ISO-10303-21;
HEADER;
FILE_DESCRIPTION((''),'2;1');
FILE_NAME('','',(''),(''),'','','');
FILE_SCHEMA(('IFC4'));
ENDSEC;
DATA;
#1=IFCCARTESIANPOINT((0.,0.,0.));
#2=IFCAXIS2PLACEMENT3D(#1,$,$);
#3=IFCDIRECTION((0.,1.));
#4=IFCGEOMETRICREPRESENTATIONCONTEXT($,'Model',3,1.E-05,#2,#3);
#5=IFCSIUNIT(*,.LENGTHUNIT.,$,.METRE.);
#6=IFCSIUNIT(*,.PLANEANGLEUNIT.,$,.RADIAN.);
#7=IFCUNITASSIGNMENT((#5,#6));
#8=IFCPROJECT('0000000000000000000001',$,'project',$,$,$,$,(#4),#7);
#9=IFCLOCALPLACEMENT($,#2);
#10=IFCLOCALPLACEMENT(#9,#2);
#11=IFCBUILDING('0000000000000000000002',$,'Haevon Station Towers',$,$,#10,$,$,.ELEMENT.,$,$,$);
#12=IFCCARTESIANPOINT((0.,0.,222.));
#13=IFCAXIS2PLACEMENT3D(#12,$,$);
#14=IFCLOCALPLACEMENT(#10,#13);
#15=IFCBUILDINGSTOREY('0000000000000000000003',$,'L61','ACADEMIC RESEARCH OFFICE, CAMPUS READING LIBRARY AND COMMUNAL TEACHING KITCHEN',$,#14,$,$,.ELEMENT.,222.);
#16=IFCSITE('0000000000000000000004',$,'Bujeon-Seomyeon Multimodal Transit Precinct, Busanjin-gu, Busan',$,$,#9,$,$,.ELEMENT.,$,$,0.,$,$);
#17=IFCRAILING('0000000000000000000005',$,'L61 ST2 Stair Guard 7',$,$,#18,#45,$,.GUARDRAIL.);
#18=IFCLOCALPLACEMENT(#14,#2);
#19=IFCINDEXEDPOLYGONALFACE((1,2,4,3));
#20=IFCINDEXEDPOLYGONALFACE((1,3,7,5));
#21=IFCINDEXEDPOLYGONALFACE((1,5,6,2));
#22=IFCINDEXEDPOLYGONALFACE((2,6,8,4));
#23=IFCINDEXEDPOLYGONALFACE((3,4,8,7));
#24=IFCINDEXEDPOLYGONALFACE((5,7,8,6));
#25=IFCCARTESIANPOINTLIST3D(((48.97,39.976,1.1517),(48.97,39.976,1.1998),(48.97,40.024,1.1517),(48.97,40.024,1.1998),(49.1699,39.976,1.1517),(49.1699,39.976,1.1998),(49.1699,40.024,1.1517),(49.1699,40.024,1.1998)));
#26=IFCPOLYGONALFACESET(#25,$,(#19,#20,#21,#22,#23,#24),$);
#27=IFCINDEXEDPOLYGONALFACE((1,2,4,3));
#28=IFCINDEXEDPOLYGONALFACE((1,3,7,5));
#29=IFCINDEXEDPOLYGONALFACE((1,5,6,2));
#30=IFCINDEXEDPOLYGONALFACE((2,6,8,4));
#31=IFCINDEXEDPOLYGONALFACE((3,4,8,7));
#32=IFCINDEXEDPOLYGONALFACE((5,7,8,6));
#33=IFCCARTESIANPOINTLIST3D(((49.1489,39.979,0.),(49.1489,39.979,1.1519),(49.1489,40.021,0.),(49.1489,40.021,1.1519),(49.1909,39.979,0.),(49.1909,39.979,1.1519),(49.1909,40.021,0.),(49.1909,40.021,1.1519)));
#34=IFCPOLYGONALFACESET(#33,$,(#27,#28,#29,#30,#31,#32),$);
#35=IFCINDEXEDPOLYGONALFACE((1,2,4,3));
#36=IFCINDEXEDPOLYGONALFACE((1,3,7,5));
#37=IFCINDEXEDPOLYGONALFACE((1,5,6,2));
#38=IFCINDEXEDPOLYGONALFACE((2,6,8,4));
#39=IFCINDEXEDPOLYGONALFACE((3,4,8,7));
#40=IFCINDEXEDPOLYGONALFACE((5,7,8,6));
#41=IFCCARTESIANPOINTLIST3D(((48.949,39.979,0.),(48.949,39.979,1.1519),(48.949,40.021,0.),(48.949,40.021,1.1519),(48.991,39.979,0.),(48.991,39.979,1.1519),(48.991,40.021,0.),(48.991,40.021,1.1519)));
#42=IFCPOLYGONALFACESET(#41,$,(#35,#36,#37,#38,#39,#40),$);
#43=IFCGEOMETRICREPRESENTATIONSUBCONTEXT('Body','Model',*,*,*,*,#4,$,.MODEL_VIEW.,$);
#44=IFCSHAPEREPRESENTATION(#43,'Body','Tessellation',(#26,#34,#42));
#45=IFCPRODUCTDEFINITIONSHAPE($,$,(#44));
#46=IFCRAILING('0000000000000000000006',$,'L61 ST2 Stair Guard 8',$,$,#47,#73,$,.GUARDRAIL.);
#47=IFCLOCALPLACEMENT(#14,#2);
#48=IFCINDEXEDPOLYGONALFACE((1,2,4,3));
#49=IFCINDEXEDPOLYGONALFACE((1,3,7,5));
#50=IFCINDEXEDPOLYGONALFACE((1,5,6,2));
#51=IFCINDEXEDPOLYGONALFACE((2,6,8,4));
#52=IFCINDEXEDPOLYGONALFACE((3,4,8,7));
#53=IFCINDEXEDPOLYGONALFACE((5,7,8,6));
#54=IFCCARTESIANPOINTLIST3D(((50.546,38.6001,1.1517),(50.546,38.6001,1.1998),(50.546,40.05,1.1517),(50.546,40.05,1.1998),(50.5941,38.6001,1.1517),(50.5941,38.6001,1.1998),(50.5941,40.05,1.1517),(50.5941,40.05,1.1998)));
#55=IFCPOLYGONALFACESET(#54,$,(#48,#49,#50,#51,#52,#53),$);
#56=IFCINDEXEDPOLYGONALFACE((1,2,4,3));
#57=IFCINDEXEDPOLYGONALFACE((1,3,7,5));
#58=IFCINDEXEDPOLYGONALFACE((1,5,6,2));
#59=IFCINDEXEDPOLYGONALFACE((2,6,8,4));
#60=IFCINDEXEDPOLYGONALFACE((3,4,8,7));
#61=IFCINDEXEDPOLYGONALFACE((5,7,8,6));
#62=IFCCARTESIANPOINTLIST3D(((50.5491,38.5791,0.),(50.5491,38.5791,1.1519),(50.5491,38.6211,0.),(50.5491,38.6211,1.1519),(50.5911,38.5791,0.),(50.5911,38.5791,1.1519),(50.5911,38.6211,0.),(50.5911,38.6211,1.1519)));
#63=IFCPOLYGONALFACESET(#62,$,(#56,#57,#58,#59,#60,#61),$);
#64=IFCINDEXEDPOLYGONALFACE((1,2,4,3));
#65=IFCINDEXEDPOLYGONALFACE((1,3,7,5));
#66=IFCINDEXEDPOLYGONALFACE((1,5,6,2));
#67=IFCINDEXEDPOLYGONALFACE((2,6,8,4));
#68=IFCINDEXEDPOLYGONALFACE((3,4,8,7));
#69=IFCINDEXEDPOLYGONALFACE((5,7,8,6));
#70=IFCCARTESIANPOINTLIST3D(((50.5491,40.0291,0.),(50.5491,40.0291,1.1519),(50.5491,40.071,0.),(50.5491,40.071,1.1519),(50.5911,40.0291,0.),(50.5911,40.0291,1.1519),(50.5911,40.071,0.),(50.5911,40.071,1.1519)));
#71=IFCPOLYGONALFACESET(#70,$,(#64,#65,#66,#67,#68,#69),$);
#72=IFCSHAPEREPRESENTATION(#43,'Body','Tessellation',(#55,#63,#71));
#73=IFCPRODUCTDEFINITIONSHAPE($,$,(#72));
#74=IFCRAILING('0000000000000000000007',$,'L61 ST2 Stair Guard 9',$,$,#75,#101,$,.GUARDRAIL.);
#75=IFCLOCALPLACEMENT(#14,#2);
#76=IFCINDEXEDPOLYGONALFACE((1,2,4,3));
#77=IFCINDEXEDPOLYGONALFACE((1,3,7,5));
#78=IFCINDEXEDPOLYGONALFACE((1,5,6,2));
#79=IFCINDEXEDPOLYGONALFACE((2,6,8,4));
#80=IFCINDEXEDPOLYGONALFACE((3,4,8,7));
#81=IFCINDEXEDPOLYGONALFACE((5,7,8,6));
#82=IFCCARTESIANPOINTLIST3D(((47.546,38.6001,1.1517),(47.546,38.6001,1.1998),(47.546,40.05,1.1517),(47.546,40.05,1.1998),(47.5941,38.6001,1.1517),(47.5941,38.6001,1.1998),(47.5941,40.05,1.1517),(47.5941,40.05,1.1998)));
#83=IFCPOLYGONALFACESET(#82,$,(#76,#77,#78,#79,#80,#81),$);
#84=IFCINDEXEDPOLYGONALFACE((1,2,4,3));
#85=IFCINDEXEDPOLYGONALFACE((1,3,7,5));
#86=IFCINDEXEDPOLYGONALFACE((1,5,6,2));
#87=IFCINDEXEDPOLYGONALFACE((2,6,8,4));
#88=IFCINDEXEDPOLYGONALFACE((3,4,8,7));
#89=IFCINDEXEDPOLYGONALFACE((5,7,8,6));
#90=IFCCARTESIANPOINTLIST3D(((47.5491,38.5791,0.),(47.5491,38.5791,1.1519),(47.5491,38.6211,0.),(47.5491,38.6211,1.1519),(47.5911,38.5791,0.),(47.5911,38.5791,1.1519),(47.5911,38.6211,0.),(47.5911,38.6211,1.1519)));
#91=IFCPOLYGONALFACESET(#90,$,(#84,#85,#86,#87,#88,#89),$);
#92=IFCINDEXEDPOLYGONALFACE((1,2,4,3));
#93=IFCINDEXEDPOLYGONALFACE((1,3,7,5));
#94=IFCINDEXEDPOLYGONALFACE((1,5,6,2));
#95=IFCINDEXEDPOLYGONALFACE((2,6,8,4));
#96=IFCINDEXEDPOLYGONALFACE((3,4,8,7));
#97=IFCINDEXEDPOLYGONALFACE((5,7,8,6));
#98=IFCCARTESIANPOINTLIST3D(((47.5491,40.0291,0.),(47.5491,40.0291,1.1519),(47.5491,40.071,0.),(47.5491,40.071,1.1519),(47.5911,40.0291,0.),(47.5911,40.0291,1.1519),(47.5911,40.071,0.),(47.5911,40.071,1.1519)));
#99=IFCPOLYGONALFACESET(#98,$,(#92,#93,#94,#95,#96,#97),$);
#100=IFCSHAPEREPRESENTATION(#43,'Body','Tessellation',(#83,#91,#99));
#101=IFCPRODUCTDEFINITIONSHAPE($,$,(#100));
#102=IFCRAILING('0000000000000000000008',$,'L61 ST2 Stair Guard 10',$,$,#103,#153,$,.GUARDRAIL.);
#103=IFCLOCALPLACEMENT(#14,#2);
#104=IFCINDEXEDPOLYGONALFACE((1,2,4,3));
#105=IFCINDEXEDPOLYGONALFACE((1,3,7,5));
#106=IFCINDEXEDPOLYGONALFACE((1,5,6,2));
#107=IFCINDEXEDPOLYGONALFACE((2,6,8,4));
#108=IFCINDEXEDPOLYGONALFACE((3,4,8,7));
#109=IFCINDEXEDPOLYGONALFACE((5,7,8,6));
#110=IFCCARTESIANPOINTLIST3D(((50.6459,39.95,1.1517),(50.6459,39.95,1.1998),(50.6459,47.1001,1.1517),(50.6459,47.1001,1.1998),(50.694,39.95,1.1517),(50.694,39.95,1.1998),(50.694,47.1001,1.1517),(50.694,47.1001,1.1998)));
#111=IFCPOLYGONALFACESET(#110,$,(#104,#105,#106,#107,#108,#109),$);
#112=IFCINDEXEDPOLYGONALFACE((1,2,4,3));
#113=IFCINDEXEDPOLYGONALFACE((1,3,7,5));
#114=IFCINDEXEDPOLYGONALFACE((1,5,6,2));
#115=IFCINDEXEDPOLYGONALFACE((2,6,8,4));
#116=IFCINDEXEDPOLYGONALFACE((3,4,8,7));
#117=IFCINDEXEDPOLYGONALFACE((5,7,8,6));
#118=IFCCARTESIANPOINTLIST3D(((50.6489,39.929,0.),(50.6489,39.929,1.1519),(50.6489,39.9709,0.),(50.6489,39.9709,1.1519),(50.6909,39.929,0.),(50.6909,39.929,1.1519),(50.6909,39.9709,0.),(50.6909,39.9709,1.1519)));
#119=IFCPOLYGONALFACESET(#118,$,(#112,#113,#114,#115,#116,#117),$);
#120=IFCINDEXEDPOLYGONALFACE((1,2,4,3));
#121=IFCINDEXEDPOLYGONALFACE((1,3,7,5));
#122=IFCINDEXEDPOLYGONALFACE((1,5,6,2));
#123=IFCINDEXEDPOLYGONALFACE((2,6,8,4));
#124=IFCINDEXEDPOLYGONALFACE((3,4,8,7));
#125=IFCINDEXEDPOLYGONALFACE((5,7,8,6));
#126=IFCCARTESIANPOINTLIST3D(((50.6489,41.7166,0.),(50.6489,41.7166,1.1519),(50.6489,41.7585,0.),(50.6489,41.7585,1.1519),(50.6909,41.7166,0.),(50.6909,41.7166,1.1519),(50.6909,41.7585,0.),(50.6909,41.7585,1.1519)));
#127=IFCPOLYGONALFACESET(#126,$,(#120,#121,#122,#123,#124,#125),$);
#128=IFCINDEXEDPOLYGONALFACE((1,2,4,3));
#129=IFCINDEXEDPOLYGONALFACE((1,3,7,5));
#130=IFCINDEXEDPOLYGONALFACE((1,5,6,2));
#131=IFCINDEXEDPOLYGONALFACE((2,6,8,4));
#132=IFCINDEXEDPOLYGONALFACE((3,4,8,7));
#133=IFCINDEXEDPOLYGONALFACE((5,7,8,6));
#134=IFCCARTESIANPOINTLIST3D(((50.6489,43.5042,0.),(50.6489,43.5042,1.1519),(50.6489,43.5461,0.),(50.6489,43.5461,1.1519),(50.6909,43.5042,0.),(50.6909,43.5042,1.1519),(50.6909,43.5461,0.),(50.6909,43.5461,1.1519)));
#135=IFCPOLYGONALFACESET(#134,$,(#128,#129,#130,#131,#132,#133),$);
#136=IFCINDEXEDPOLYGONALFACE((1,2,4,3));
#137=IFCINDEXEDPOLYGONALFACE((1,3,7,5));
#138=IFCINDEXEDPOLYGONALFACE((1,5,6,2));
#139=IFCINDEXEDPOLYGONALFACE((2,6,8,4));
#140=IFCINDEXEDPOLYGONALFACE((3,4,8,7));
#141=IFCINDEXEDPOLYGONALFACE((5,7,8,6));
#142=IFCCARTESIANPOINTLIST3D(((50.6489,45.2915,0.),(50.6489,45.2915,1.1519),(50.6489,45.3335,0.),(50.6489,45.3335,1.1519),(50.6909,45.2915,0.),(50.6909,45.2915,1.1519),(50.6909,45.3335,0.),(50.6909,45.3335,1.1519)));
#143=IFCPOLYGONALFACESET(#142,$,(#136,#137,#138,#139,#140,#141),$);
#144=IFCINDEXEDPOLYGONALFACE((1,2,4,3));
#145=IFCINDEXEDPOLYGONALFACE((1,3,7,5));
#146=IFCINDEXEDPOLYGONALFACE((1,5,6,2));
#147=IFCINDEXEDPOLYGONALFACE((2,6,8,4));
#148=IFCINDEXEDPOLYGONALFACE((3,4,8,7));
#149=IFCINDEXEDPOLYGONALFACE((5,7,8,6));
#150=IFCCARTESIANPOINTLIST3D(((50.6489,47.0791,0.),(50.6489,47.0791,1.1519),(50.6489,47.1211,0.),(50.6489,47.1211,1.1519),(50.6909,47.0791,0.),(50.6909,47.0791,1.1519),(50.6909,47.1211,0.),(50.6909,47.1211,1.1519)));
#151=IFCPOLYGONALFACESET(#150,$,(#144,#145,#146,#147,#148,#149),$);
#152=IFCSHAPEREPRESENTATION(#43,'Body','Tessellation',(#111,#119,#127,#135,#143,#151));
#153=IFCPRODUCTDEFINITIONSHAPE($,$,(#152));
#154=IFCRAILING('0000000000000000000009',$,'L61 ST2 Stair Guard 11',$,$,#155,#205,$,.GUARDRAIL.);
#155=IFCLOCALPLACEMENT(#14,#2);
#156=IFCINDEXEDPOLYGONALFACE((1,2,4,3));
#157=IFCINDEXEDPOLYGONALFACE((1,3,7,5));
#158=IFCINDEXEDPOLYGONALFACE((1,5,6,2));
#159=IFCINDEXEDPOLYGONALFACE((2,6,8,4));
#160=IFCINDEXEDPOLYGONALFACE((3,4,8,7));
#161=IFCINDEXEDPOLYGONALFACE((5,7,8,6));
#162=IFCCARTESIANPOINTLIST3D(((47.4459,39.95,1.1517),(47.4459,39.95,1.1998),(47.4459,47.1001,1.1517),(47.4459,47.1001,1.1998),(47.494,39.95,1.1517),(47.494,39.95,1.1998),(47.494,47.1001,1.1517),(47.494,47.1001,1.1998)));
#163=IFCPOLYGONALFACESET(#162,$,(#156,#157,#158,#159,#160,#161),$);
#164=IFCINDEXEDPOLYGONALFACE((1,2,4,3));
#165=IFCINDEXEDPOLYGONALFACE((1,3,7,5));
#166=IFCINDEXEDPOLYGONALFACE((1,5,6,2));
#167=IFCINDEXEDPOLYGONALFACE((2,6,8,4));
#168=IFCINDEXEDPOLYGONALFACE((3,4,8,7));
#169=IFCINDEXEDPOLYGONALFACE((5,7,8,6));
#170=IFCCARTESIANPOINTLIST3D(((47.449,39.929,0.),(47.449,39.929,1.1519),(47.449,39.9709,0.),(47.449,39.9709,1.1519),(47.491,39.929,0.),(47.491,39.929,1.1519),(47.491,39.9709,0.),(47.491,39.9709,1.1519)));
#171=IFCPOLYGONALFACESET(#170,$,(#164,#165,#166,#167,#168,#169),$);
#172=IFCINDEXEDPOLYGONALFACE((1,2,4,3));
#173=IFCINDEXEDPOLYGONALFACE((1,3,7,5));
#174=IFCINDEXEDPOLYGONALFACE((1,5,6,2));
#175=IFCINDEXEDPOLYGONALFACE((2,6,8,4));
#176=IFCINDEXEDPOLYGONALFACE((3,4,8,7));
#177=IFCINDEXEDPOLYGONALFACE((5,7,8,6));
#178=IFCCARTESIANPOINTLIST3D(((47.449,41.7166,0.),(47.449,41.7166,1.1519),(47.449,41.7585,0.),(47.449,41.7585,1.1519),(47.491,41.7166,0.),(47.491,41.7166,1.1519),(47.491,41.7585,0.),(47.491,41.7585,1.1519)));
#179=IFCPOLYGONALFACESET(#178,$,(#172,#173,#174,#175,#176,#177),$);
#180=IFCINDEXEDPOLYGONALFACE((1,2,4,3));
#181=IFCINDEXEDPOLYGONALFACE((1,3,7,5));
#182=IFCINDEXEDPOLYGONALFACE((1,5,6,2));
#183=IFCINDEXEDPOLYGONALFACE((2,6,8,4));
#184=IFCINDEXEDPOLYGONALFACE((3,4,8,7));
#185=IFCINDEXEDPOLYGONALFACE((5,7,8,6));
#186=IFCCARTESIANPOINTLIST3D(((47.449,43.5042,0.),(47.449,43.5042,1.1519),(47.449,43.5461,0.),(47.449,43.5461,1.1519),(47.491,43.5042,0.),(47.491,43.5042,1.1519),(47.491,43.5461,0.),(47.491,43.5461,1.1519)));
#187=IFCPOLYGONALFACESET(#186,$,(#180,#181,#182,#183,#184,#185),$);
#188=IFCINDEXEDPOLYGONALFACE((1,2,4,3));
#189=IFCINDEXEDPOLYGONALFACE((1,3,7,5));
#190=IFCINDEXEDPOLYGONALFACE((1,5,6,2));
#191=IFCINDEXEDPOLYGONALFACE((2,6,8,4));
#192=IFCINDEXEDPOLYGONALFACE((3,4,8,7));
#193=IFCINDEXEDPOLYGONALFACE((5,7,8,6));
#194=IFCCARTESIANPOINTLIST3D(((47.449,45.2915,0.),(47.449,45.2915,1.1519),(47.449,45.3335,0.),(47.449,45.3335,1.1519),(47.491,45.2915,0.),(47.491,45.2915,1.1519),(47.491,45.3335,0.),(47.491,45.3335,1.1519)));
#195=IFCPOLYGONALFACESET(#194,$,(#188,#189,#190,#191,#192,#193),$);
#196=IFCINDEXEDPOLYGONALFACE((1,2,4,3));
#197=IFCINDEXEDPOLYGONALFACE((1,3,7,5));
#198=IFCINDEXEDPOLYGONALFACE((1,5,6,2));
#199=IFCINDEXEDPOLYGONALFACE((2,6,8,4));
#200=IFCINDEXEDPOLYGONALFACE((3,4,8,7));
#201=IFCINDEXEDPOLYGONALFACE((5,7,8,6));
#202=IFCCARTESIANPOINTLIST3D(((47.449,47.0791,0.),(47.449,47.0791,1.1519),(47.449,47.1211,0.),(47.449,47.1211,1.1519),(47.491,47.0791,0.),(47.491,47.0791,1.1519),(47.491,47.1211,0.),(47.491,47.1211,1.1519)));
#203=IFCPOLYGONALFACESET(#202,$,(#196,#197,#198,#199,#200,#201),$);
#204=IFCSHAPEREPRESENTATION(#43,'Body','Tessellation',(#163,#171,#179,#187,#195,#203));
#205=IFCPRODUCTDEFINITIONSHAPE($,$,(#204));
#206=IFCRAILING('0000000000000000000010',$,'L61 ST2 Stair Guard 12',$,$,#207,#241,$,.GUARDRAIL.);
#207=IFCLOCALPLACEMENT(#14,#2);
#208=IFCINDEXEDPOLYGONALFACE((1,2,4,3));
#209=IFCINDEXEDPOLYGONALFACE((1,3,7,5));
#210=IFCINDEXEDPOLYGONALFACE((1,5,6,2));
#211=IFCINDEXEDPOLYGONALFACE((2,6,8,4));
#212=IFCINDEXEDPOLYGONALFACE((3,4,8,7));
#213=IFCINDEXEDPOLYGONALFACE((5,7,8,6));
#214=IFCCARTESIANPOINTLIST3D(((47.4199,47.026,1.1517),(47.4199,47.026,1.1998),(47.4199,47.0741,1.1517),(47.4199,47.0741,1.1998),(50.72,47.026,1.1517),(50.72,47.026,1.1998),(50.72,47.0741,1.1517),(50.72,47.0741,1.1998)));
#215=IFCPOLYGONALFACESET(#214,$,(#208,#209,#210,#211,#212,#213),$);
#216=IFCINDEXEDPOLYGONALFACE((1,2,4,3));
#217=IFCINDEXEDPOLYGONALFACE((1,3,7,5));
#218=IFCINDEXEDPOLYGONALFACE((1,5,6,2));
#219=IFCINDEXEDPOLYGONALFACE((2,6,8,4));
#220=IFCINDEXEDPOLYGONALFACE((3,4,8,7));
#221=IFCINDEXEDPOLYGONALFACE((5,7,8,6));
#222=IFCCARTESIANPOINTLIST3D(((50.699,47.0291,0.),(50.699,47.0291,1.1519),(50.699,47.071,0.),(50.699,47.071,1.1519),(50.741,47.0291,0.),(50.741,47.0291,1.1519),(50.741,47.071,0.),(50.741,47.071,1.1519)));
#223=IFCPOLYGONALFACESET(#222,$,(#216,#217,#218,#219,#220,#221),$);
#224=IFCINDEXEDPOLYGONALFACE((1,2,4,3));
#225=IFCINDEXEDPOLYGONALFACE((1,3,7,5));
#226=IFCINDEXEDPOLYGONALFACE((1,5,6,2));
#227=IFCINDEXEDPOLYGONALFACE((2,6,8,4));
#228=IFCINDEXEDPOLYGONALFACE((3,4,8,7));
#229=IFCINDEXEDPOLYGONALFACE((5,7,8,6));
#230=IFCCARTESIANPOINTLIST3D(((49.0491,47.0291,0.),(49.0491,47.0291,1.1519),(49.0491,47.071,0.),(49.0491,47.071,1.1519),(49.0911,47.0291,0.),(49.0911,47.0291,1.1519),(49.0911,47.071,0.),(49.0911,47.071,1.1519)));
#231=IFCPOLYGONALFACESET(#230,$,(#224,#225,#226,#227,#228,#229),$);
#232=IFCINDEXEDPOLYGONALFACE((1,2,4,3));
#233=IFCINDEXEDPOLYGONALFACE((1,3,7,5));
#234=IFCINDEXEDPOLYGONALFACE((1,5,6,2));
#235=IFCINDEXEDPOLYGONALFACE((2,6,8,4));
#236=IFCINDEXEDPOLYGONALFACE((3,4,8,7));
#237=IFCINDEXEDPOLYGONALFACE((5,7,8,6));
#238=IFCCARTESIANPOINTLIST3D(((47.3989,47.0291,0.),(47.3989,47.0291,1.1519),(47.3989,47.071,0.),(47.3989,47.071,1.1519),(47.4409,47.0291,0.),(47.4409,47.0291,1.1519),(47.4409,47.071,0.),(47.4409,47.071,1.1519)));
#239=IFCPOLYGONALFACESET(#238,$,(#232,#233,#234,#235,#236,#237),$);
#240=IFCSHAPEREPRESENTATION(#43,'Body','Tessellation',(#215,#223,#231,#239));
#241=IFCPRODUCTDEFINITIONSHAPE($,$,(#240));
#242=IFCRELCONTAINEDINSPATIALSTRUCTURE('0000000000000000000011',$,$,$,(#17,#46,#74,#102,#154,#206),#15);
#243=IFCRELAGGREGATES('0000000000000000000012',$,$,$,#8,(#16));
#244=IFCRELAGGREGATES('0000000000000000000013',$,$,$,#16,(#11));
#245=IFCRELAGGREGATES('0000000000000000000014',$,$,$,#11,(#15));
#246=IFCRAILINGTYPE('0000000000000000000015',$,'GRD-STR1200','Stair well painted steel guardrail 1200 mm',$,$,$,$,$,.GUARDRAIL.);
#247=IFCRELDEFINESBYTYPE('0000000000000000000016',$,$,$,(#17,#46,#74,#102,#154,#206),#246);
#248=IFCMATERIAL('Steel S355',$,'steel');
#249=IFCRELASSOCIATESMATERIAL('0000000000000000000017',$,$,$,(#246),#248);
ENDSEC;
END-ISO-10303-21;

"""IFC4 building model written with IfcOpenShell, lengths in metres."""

from ifc_helpers import new_model, si_unit, direction, frame, origin, origin_2d, place, context, subcontext, project, spatial, rectangle, extrude, material, type_object, element, save


model = new_model("IFC4")

# Units and contexts
model_context = context("Model", 3, precision=1e-05, world=origin(), true_north=direction((0.0, 1.0)))
body_context = subcontext(model_context, "Body", "Model", "MODEL_VIEW")
ifc_project = project(units=[si_unit("LENGTHUNIT", "METRE"), si_unit("PLANEANGLEUNIT", "RADIAN")], contexts=[model_context])

# Site, building, storey
site_placement = place(None, origin())
site = spatial("IfcSite", under=ifc_project, at=site_placement, Name="Bujeon-Seomyeon Multimodal Transit Precinct, Busanjin-gu, Busan", CompositionType="ELEMENT", RefElevation=0.0)
building_placement = place(site_placement, origin())
building = spatial("IfcBuilding", under=site, at=building_placement, Name="Haevon Station Towers", CompositionType="ELEMENT")
storey_placement = place(building_placement, frame((0.0, 0.0, 222.0)))
storey = spatial("IfcBuildingStorey", under=building, at=storey_placement, Name="L61", Description="ACADEMIC RESEARCH OFFICE, CAMPUS READING LIBRARY AND COMMUNAL TEACHING KITCHEN", CompositionType="ELEMENT", Elevation=222.0)

# Shared definitions
ifc_material_1 = material(Name="Steel S355", Category="steel")

# Railings
railing_type_1 = type_object("IfcRailingType", Name="GRD-STR1200", Description="Stair well painted steel guardrail 1200 mm", PredefinedType="GUARDRAIL", material=ifc_material_1)
railing_1_placement = place(storey_placement, frame((49.1699, 40.0, 0.0)))
element("IfcRailing", 1, at=railing_1_placement, inside=storey, type_object=railing_type_1, Name="L61 ST2 Stair Guard 7", PredefinedType="GUARDRAIL", context=body_context, shape_type="SweptSolid", body=[
    extrude(rectangle(XDim=0.0481, YDim=0.0481, at=origin_2d()), frame((0.0, 0.0, 1.1758), z_axis=(-1.0, 0.0, 0.0), x_axis=(0.0, -1.0, 0.0)), (0.0, 0.0, 1.0), 0.2),
    extrude(rectangle(XDim=0.042, YDim=0.042, at=origin_2d()), origin(), (0.0, 0.0, 1.0), 1.1519),
    extrude(rectangle(XDim=0.042, YDim=0.042, at=origin_2d()), frame((-0.2, 0.0, 0.0)), (0.0, 0.0, 1.0), 1.1519),
])
for number, where, name in (
    (2, (50.5701, 38.6001, 0.0), "L61 ST2 Stair Guard 8"),
    (3, (47.5701, 38.6001, 0.0), "L61 ST2 Stair Guard 9"),
):
    element("IfcRailing", number, at=place(storey_placement, frame(where)), inside=storey, type_object=railing_type_1, Name=name, PredefinedType="GUARDRAIL", context=body_context, shape_type="SweptSolid", body=[
        extrude(rectangle(XDim=0.0481, YDim=0.0481, at=origin_2d()), frame((0.0, 0.0, 1.1758), z_axis=(0.0, 1.0, 0.0), x_axis=(-1.0, 0.0, 0.0)), (0.0, 0.0, 1.0), 1.45),
        extrude(rectangle(XDim=0.042, YDim=0.042, at=origin_2d()), origin(), (0.0, 0.0, 1.0), 1.1519),
        extrude(rectangle(XDim=0.042, YDim=0.042, at=origin_2d()), frame((0.0, 1.45, 0.0)), (0.0, 0.0, 1.0), 1.1519),
    ])
for number, where, name in (
    (4, (50.6699, 39.95, 0.0), "L61 ST2 Stair Guard 10"),
    (5, (47.47, 39.95, 0.0), "L61 ST2 Stair Guard 11"),
):
    element("IfcRailing", number, at=place(storey_placement, frame(where)), inside=storey, type_object=railing_type_1, Name=name, PredefinedType="GUARDRAIL", context=body_context, shape_type="SweptSolid", body=[
        extrude(rectangle(XDim=0.0481, YDim=0.0481, at=origin_2d()), frame((0.0, 0.0, 1.1758), z_axis=(0.0, 1.0, 0.0), x_axis=(-1.0, 0.0, 0.0)), (0.0, 0.0, 1.0), 7.1501),
        extrude(rectangle(XDim=0.042, YDim=0.042, at=origin_2d()), origin(), (0.0, 0.0, 1.0), 1.1519),
        extrude(rectangle(XDim=0.042, YDim=0.042, at=origin_2d()), frame((0.0, 1.7876, 0.0)), (0.0, 0.0, 1.0), 1.1519),
        extrude(rectangle(XDim=0.042, YDim=0.042, at=origin_2d()), frame((0.0, 3.5752, 0.0)), (0.0, 0.0, 1.0), 1.1519),
        extrude(rectangle(XDim=0.042, YDim=0.042, at=origin_2d()), frame((0.0, 5.3625, 0.0)), (0.0, 0.0, 1.0), 1.1519),
        extrude(rectangle(XDim=0.042, YDim=0.042, at=origin_2d()), frame((0.0, 7.1501, 0.0)), (0.0, 0.0, 1.0), 1.1519),
    ])
railing_2_placement = place(storey_placement, frame((50.72, 47.05, 0.0)))
element("IfcRailing", 6, at=railing_2_placement, inside=storey, type_object=railing_type_1, Name="L61 ST2 Stair Guard 12", PredefinedType="GUARDRAIL", context=body_context, shape_type="SweptSolid", body=[
    extrude(rectangle(XDim=0.0481, YDim=0.0481, at=origin_2d()), frame((0.0, 0.0, 1.1758), z_axis=(-1.0, 0.0, 0.0), x_axis=(0.0, -1.0, 0.0)), (0.0, 0.0, 1.0), 3.3),
    extrude(rectangle(XDim=0.042, YDim=0.042, at=origin_2d()), origin(), (0.0, 0.0, 1.0), 1.1519),
    extrude(rectangle(XDim=0.042, YDim=0.042, at=origin_2d()), frame((-1.6499, 0.0, 0.0)), (0.0, 0.0, 1.0), 1.1519),
    extrude(rectangle(XDim=0.042, YDim=0.042, at=origin_2d()), frame((-3.3, 0.0, 0.0)), (0.0, 0.0, 1.0), 1.1519),
])

save(model, "model.ifc")
